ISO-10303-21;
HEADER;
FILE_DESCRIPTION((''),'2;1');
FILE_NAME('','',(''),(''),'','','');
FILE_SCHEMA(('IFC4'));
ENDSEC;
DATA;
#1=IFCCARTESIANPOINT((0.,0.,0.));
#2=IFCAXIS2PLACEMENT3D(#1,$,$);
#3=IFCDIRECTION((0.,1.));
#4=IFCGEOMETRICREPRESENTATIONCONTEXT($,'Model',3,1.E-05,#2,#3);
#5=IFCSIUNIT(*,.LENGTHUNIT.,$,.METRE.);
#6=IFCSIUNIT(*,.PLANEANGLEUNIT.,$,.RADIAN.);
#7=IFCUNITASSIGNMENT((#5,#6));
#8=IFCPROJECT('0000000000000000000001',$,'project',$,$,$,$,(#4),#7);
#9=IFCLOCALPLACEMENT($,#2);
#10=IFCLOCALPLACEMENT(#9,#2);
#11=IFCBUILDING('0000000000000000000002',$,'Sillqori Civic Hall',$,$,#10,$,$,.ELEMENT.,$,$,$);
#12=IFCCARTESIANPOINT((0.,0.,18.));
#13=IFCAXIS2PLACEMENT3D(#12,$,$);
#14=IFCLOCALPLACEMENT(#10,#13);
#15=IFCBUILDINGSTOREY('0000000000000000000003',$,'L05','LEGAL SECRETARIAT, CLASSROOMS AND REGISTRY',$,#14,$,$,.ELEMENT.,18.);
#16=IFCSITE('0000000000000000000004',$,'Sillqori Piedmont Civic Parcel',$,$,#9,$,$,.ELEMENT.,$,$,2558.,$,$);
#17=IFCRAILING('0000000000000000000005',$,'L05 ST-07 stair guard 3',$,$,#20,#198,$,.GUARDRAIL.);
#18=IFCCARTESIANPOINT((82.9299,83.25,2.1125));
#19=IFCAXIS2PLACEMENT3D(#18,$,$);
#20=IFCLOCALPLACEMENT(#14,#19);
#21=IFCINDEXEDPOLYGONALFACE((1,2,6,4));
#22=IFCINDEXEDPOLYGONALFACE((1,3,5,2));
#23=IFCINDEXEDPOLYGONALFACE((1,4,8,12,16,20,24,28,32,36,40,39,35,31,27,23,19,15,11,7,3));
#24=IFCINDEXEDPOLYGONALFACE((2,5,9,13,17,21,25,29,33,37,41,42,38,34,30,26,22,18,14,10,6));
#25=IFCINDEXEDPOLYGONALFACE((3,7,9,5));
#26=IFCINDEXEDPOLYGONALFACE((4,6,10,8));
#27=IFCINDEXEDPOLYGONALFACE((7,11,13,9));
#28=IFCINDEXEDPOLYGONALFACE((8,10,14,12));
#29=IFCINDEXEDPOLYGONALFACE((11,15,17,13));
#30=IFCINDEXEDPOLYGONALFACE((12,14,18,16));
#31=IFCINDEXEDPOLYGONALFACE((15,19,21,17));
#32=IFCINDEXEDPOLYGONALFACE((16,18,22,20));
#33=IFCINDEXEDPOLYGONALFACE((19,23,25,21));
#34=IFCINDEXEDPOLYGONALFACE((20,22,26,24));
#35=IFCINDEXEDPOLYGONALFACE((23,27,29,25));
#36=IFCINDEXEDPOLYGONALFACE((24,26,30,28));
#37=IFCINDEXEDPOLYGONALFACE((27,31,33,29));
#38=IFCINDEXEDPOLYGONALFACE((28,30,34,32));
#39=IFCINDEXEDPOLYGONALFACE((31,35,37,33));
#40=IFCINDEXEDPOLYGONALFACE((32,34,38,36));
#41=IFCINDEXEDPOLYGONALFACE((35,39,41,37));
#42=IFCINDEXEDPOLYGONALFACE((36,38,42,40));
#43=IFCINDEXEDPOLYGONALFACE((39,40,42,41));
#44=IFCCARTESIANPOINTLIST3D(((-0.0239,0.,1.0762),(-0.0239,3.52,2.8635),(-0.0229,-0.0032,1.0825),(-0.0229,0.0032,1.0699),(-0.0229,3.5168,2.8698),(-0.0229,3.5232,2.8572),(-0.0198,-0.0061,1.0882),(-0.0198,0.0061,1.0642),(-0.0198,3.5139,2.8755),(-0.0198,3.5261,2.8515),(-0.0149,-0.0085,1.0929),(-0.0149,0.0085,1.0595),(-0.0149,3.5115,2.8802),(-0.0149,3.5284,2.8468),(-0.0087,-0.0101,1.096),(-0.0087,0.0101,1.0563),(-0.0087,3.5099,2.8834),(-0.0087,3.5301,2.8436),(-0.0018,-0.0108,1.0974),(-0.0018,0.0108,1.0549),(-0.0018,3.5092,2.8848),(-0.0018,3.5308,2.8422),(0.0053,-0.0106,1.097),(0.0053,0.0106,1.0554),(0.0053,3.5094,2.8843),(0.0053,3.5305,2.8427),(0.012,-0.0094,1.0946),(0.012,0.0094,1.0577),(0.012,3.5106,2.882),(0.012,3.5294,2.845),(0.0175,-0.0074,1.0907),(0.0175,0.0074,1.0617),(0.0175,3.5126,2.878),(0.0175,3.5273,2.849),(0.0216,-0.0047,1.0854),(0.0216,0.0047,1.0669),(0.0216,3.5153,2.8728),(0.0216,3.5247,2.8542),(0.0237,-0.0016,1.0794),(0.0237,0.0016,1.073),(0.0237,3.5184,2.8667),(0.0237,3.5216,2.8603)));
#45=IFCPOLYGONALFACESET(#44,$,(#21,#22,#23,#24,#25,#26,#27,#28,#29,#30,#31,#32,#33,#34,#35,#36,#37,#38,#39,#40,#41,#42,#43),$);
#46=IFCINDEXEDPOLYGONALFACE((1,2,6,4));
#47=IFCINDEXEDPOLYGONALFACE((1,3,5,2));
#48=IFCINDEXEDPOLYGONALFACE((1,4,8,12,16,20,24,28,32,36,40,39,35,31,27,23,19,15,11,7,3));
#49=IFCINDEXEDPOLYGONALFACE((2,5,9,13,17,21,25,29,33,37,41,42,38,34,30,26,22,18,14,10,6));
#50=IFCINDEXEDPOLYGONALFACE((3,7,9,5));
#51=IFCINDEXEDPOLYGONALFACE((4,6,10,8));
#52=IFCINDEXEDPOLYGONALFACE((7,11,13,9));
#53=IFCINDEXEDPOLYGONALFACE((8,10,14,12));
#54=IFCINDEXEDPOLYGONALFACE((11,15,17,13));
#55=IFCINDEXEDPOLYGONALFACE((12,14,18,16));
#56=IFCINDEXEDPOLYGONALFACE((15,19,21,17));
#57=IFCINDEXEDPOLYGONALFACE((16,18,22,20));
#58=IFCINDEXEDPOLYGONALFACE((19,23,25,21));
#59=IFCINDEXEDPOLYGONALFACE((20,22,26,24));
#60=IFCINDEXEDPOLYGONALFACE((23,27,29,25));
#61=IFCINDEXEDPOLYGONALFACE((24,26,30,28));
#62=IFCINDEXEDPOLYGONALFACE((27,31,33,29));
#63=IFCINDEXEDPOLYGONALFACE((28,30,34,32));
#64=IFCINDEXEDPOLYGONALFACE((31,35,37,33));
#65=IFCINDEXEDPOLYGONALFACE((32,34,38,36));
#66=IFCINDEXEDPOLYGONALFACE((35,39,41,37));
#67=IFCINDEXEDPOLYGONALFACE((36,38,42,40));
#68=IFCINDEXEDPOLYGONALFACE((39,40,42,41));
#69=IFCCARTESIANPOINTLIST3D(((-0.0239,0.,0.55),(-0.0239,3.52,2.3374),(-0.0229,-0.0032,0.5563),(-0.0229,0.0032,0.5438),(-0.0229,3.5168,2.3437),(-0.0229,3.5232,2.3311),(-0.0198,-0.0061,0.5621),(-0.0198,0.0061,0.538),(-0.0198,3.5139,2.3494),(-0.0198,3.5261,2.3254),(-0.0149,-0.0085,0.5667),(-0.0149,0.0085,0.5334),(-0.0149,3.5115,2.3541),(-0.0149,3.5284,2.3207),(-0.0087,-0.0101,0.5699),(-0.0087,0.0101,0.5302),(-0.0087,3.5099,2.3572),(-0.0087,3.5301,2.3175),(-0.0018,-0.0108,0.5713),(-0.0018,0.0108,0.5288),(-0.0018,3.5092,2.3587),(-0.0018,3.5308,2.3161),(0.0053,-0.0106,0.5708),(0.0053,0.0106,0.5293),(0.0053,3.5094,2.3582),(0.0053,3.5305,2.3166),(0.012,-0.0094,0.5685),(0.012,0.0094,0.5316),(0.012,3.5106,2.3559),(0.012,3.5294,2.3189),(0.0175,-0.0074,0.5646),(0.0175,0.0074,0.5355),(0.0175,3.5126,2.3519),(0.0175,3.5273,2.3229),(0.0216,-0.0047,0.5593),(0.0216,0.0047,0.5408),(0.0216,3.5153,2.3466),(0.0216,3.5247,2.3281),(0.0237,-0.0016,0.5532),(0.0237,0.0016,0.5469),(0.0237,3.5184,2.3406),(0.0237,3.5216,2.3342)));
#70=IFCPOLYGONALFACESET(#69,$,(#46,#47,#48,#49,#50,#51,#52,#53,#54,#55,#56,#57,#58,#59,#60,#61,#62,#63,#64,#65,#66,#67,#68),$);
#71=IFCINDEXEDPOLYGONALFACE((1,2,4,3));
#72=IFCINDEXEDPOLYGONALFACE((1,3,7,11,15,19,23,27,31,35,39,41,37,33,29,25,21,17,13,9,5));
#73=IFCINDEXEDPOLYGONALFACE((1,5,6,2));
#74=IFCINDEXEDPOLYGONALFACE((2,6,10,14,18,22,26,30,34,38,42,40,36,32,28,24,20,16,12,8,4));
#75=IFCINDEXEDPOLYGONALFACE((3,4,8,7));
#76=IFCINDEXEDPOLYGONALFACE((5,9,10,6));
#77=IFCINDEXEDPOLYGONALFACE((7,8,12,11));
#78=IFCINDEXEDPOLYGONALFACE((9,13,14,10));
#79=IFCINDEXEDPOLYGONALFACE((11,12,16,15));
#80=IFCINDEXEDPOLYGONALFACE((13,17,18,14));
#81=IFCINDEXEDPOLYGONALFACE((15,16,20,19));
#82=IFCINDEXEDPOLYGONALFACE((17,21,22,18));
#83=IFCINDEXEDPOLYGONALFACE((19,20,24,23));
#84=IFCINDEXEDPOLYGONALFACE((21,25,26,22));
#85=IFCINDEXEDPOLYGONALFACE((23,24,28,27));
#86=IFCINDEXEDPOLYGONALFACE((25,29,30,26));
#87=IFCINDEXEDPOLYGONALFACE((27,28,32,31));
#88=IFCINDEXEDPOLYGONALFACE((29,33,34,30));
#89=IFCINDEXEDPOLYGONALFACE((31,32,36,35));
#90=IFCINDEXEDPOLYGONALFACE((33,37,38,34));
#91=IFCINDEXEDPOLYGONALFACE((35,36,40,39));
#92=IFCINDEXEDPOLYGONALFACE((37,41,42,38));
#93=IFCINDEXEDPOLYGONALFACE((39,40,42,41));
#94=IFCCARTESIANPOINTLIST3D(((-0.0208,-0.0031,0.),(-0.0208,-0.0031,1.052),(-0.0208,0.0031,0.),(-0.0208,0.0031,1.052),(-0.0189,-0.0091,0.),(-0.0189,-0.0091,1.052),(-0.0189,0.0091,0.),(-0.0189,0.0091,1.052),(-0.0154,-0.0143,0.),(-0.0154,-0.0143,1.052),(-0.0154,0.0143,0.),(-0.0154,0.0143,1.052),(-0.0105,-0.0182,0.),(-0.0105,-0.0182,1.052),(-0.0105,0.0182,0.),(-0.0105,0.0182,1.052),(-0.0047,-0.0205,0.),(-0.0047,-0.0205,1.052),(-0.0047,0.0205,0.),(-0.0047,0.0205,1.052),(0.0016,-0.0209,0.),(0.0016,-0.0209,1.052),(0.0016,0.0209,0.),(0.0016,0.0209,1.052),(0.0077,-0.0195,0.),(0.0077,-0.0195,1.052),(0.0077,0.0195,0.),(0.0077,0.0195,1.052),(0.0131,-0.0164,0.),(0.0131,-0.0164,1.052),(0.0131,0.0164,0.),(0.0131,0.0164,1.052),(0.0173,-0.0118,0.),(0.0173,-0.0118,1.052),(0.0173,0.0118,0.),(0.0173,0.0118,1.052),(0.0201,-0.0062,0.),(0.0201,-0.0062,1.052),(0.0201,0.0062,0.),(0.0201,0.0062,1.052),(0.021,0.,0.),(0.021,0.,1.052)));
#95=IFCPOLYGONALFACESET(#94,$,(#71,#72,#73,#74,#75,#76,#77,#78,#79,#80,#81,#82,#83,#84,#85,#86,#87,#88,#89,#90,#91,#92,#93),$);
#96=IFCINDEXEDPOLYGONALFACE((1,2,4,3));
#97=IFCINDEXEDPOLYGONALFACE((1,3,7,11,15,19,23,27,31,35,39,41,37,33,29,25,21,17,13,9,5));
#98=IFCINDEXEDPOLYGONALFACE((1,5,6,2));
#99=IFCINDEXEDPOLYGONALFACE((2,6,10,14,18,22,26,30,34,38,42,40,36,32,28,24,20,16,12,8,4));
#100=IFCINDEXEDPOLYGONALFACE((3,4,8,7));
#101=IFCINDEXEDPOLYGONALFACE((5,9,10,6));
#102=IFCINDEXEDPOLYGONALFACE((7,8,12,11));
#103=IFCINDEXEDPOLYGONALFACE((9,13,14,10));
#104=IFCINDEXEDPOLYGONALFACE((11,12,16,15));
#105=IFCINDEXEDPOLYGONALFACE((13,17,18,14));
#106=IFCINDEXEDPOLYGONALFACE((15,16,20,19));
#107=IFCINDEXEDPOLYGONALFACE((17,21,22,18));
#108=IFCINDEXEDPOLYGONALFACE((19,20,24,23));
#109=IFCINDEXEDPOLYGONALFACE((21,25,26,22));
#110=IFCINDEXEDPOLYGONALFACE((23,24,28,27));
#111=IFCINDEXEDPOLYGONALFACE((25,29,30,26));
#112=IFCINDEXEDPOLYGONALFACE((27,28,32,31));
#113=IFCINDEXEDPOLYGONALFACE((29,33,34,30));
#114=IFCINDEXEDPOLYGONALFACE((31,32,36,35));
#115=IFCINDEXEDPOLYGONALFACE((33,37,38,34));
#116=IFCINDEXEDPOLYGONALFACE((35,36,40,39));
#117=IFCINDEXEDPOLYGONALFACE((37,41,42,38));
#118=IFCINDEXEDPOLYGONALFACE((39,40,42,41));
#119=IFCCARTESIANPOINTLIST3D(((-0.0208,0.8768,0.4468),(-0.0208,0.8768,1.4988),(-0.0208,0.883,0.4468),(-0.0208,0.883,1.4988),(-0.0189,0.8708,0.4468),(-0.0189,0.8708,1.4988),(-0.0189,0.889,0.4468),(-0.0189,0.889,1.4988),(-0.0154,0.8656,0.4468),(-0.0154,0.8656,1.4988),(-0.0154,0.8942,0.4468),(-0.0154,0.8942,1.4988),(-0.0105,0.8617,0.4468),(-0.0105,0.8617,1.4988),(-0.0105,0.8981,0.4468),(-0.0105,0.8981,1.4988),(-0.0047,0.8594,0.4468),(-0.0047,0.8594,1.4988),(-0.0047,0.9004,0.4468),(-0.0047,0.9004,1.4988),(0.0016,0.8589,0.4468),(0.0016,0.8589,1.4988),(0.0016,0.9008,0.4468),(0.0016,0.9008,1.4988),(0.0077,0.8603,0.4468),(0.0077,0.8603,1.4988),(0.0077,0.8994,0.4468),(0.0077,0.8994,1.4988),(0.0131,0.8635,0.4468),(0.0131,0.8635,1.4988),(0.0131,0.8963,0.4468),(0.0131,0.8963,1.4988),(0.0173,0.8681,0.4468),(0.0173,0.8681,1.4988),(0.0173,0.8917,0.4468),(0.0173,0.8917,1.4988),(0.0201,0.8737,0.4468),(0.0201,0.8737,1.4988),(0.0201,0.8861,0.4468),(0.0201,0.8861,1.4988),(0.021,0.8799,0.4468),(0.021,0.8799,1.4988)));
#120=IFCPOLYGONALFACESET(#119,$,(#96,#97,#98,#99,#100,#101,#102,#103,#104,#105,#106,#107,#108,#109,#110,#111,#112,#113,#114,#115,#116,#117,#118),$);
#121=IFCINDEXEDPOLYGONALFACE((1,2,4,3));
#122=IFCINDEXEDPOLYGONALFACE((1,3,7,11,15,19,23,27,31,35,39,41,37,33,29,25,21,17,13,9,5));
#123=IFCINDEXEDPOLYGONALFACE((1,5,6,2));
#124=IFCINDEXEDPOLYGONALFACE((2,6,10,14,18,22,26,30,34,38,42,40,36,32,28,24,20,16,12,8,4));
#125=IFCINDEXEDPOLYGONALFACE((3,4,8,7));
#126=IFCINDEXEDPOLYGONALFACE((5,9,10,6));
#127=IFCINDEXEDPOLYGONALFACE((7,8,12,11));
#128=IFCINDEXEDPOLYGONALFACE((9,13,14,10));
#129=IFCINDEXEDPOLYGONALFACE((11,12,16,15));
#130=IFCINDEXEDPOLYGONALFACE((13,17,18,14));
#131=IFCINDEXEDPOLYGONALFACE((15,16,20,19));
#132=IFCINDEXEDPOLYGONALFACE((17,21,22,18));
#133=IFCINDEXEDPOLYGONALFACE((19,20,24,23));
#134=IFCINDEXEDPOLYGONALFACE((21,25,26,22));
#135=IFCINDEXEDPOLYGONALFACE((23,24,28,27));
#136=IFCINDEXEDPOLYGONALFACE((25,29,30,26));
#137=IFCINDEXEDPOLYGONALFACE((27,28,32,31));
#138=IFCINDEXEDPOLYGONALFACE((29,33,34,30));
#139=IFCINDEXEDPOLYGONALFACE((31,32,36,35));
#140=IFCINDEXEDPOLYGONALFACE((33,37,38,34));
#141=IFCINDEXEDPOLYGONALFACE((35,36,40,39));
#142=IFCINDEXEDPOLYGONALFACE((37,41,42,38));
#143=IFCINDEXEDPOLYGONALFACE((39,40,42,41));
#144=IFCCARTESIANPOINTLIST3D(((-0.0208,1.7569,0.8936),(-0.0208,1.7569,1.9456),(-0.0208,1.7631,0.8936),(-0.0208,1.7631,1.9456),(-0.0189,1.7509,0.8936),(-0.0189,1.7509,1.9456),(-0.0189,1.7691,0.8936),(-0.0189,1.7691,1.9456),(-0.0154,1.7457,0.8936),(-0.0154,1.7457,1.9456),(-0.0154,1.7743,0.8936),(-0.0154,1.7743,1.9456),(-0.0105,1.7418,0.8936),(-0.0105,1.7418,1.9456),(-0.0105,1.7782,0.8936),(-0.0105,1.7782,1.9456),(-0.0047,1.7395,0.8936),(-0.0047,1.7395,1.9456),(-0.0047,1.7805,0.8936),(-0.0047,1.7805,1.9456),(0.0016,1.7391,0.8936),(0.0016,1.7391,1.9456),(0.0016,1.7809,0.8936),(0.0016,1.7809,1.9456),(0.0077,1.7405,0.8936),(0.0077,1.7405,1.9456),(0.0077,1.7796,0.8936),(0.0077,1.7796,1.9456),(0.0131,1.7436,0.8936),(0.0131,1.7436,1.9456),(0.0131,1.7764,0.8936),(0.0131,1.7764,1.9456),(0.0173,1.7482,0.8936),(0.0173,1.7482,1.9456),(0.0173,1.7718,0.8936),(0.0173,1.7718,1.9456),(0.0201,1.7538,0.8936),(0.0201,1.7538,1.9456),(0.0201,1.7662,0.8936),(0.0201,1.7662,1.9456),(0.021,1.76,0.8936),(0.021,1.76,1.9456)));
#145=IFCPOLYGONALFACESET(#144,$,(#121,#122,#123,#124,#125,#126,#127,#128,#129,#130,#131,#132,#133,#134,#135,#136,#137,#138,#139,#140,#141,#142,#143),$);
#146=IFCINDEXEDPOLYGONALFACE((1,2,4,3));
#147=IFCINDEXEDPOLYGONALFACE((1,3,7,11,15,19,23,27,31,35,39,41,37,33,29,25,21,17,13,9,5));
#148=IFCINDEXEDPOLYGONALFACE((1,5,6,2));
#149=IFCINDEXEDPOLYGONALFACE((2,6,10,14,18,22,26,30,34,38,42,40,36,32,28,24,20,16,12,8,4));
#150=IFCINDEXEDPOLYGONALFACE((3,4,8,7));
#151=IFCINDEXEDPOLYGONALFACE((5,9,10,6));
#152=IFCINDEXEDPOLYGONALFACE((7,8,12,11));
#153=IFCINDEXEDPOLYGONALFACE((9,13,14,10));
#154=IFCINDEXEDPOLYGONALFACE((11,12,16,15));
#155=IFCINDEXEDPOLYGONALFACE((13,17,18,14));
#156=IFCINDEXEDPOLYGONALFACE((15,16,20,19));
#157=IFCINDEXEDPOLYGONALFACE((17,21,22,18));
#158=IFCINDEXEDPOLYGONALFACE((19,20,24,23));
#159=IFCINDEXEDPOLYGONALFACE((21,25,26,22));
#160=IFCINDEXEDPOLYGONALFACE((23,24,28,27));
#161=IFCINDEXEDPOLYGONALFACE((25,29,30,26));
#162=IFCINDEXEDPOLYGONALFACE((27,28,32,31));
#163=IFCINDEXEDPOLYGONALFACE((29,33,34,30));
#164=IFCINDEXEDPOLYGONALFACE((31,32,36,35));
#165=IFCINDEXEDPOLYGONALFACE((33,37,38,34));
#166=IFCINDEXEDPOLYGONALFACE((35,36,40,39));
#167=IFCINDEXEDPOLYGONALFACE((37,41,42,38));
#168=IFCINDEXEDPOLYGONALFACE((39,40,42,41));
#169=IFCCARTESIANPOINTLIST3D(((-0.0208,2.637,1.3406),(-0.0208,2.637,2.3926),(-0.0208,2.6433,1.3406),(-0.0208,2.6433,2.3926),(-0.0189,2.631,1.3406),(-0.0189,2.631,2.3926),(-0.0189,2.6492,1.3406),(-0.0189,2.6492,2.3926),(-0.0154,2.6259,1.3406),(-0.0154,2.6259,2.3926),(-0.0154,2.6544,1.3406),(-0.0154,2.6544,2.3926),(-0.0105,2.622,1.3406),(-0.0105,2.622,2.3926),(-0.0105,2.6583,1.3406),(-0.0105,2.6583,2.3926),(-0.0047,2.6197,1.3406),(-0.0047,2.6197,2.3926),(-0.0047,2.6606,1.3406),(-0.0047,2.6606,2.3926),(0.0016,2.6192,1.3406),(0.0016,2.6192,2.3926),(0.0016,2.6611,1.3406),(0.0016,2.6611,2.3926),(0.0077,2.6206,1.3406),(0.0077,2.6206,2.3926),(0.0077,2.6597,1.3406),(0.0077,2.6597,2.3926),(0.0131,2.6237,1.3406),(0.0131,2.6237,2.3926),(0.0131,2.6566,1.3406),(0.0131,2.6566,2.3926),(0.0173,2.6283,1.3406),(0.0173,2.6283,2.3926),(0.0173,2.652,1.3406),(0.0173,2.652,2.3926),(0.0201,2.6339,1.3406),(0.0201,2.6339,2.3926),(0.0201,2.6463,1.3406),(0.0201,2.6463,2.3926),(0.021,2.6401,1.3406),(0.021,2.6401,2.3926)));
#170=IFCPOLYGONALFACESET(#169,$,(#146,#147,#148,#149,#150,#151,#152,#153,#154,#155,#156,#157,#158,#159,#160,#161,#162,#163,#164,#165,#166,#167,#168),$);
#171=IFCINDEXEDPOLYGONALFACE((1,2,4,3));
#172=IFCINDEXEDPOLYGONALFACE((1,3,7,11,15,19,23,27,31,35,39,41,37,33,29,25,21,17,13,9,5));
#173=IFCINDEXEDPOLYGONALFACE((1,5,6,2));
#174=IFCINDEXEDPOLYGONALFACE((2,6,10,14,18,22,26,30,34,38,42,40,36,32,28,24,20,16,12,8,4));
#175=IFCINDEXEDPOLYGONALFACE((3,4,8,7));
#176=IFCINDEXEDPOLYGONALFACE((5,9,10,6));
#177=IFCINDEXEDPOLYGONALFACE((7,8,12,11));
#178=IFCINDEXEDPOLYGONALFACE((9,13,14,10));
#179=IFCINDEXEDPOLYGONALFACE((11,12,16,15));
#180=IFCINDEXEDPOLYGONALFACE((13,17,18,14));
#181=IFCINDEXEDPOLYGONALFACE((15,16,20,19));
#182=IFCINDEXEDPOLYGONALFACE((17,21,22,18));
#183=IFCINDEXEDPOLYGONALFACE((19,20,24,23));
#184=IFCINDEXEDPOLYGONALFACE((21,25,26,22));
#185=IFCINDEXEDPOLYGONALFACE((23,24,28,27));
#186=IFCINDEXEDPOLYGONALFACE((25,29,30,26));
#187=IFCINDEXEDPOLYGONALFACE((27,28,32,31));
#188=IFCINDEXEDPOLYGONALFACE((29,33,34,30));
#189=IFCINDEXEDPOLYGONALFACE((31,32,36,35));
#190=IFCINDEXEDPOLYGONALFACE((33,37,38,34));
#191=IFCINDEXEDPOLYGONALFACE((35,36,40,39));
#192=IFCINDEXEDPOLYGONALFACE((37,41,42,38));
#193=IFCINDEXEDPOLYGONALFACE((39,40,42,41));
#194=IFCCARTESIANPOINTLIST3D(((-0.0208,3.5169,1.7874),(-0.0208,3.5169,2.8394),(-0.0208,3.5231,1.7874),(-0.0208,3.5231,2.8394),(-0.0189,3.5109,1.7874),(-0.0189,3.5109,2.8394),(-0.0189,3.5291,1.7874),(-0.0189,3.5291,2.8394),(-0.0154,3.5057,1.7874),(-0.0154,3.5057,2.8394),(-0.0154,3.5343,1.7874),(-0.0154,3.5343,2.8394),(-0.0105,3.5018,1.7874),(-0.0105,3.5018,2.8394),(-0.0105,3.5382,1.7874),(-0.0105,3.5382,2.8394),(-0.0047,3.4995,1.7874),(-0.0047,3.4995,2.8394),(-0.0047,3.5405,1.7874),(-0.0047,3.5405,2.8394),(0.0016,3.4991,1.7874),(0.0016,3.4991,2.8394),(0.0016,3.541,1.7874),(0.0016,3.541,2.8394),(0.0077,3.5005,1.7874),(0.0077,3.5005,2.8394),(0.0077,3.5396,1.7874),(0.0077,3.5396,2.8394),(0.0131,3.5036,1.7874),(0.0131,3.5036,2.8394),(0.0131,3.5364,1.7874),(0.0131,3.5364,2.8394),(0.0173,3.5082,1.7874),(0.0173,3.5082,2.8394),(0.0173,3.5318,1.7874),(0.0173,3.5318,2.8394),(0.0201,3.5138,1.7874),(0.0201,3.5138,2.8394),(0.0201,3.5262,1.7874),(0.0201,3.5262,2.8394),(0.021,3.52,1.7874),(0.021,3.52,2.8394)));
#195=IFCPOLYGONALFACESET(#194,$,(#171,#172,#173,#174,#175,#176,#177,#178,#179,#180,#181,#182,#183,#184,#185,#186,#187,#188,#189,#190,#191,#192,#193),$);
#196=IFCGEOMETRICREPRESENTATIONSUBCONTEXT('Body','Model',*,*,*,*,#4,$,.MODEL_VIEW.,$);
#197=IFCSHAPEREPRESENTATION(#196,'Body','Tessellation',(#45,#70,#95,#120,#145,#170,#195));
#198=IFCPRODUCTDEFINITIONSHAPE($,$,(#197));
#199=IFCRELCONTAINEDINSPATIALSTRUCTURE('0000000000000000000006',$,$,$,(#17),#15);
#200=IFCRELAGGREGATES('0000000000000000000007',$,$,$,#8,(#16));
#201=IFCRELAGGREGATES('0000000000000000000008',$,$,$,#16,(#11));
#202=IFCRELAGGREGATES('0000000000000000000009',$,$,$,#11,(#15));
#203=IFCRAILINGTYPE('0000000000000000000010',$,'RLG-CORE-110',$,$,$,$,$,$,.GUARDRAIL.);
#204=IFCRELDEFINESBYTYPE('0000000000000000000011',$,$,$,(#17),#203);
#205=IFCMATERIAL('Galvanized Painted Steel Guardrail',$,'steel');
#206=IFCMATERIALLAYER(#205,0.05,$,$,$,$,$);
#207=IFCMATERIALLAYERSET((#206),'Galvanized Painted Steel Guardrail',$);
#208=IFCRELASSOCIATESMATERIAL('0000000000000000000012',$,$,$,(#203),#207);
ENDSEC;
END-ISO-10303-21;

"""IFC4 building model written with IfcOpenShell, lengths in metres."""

from ifc_helpers import new_model, si_unit, direction, frame, origin, origin_2d, place, context, subcontext, project, spatial, circle, extrude, material, layer, layer_set, type_object, element, save


model = new_model("IFC4")

# Units and contexts
model_context = context("Model", 3, precision=1e-05, world=origin(), true_north=direction((0.0, 1.0)))
body_context = subcontext(model_context, "Body", "Model", "MODEL_VIEW")
ifc_project = project(units=[si_unit("LENGTHUNIT", "METRE"), si_unit("PLANEANGLEUNIT", "RADIAN")], contexts=[model_context])

# Site, building, storey
site_placement = place(None, origin())
site = spatial("IfcSite", under=ifc_project, at=site_placement, Name="Sillqori Piedmont Civic Parcel", CompositionType="ELEMENT", RefElevation=2558.0)
building_placement = place(site_placement, origin())
building = spatial("IfcBuilding", under=site, at=building_placement, Name="Sillqori Civic Hall", CompositionType="ELEMENT")
storey_placement = place(building_placement, frame((0.0, 0.0, 18.0)))
storey = spatial("IfcBuildingStorey", under=building, at=storey_placement, Name="L05", Description="LEGAL SECRETARIAT, CLASSROOMS AND REGISTRY", CompositionType="ELEMENT", Elevation=18.0)

# Railing
ifc_material_1 = material(Name="Galvanized Painted Steel Guardrail", Category="steel")
ifc_layer_1 = layer(ifc_material_1, 0.05)
ifc_layer_set_1 = layer_set([ifc_layer_1], Name="Galvanized Painted Steel Guardrail")
railing_type_1 = type_object("IfcRailingType", Name="RLG-CORE-110", PredefinedType="GUARDRAIL", material=ifc_layer_set_1)
railing_1_placement = place(storey_placement, frame((82.9299, 83.25, 2.1125)))
element("IfcRailing", 1, at=railing_1_placement, inside=storey, type_object=railing_type_1, Name="L05 ST-07 stair guard 3", PredefinedType="GUARDRAIL", context=body_context, shape_type="SweptSolid", body=[
    extrude(circle(Radius=0.0239, at=origin_2d()), frame((0.0, 0.0, 1.0762), z_axis=(0.0, 0.89164, 0.452746), x_axis=(-1.0, 0.0, 0.0)), (0.0, 0.0, 1.0), 3.9478),
    extrude(circle(Radius=0.0239, at=origin_2d()), frame((0.0, 0.0, 0.55), z_axis=(0.0, 0.89164, 0.452746), x_axis=(-1.0, 0.0, 0.0)), (0.0, 0.0, 1.0), 3.9478),
    extrude(circle(Radius=0.021, at=origin_2d()), origin(), (0.0, 0.0, 1.0), 1.052),
    extrude(circle(Radius=0.021, at=origin_2d()), frame((0.0, 0.8799, 0.4468)), (0.0, 0.0, 1.0), 1.052),
    extrude(circle(Radius=0.021, at=origin_2d()), frame((0.0, 1.76, 0.8936)), (0.0, 0.0, 1.0), 1.052),
    extrude(circle(Radius=0.021, at=origin_2d()), frame((0.0, 2.6401, 1.3406)), (0.0, 0.0, 1.0), 1.052),
    extrude(circle(Radius=0.021, at=origin_2d()), frame((0.0, 3.52, 1.7874)), (0.0, 0.0, 1.0), 1.052),
])

save(model, "model.ifc")
